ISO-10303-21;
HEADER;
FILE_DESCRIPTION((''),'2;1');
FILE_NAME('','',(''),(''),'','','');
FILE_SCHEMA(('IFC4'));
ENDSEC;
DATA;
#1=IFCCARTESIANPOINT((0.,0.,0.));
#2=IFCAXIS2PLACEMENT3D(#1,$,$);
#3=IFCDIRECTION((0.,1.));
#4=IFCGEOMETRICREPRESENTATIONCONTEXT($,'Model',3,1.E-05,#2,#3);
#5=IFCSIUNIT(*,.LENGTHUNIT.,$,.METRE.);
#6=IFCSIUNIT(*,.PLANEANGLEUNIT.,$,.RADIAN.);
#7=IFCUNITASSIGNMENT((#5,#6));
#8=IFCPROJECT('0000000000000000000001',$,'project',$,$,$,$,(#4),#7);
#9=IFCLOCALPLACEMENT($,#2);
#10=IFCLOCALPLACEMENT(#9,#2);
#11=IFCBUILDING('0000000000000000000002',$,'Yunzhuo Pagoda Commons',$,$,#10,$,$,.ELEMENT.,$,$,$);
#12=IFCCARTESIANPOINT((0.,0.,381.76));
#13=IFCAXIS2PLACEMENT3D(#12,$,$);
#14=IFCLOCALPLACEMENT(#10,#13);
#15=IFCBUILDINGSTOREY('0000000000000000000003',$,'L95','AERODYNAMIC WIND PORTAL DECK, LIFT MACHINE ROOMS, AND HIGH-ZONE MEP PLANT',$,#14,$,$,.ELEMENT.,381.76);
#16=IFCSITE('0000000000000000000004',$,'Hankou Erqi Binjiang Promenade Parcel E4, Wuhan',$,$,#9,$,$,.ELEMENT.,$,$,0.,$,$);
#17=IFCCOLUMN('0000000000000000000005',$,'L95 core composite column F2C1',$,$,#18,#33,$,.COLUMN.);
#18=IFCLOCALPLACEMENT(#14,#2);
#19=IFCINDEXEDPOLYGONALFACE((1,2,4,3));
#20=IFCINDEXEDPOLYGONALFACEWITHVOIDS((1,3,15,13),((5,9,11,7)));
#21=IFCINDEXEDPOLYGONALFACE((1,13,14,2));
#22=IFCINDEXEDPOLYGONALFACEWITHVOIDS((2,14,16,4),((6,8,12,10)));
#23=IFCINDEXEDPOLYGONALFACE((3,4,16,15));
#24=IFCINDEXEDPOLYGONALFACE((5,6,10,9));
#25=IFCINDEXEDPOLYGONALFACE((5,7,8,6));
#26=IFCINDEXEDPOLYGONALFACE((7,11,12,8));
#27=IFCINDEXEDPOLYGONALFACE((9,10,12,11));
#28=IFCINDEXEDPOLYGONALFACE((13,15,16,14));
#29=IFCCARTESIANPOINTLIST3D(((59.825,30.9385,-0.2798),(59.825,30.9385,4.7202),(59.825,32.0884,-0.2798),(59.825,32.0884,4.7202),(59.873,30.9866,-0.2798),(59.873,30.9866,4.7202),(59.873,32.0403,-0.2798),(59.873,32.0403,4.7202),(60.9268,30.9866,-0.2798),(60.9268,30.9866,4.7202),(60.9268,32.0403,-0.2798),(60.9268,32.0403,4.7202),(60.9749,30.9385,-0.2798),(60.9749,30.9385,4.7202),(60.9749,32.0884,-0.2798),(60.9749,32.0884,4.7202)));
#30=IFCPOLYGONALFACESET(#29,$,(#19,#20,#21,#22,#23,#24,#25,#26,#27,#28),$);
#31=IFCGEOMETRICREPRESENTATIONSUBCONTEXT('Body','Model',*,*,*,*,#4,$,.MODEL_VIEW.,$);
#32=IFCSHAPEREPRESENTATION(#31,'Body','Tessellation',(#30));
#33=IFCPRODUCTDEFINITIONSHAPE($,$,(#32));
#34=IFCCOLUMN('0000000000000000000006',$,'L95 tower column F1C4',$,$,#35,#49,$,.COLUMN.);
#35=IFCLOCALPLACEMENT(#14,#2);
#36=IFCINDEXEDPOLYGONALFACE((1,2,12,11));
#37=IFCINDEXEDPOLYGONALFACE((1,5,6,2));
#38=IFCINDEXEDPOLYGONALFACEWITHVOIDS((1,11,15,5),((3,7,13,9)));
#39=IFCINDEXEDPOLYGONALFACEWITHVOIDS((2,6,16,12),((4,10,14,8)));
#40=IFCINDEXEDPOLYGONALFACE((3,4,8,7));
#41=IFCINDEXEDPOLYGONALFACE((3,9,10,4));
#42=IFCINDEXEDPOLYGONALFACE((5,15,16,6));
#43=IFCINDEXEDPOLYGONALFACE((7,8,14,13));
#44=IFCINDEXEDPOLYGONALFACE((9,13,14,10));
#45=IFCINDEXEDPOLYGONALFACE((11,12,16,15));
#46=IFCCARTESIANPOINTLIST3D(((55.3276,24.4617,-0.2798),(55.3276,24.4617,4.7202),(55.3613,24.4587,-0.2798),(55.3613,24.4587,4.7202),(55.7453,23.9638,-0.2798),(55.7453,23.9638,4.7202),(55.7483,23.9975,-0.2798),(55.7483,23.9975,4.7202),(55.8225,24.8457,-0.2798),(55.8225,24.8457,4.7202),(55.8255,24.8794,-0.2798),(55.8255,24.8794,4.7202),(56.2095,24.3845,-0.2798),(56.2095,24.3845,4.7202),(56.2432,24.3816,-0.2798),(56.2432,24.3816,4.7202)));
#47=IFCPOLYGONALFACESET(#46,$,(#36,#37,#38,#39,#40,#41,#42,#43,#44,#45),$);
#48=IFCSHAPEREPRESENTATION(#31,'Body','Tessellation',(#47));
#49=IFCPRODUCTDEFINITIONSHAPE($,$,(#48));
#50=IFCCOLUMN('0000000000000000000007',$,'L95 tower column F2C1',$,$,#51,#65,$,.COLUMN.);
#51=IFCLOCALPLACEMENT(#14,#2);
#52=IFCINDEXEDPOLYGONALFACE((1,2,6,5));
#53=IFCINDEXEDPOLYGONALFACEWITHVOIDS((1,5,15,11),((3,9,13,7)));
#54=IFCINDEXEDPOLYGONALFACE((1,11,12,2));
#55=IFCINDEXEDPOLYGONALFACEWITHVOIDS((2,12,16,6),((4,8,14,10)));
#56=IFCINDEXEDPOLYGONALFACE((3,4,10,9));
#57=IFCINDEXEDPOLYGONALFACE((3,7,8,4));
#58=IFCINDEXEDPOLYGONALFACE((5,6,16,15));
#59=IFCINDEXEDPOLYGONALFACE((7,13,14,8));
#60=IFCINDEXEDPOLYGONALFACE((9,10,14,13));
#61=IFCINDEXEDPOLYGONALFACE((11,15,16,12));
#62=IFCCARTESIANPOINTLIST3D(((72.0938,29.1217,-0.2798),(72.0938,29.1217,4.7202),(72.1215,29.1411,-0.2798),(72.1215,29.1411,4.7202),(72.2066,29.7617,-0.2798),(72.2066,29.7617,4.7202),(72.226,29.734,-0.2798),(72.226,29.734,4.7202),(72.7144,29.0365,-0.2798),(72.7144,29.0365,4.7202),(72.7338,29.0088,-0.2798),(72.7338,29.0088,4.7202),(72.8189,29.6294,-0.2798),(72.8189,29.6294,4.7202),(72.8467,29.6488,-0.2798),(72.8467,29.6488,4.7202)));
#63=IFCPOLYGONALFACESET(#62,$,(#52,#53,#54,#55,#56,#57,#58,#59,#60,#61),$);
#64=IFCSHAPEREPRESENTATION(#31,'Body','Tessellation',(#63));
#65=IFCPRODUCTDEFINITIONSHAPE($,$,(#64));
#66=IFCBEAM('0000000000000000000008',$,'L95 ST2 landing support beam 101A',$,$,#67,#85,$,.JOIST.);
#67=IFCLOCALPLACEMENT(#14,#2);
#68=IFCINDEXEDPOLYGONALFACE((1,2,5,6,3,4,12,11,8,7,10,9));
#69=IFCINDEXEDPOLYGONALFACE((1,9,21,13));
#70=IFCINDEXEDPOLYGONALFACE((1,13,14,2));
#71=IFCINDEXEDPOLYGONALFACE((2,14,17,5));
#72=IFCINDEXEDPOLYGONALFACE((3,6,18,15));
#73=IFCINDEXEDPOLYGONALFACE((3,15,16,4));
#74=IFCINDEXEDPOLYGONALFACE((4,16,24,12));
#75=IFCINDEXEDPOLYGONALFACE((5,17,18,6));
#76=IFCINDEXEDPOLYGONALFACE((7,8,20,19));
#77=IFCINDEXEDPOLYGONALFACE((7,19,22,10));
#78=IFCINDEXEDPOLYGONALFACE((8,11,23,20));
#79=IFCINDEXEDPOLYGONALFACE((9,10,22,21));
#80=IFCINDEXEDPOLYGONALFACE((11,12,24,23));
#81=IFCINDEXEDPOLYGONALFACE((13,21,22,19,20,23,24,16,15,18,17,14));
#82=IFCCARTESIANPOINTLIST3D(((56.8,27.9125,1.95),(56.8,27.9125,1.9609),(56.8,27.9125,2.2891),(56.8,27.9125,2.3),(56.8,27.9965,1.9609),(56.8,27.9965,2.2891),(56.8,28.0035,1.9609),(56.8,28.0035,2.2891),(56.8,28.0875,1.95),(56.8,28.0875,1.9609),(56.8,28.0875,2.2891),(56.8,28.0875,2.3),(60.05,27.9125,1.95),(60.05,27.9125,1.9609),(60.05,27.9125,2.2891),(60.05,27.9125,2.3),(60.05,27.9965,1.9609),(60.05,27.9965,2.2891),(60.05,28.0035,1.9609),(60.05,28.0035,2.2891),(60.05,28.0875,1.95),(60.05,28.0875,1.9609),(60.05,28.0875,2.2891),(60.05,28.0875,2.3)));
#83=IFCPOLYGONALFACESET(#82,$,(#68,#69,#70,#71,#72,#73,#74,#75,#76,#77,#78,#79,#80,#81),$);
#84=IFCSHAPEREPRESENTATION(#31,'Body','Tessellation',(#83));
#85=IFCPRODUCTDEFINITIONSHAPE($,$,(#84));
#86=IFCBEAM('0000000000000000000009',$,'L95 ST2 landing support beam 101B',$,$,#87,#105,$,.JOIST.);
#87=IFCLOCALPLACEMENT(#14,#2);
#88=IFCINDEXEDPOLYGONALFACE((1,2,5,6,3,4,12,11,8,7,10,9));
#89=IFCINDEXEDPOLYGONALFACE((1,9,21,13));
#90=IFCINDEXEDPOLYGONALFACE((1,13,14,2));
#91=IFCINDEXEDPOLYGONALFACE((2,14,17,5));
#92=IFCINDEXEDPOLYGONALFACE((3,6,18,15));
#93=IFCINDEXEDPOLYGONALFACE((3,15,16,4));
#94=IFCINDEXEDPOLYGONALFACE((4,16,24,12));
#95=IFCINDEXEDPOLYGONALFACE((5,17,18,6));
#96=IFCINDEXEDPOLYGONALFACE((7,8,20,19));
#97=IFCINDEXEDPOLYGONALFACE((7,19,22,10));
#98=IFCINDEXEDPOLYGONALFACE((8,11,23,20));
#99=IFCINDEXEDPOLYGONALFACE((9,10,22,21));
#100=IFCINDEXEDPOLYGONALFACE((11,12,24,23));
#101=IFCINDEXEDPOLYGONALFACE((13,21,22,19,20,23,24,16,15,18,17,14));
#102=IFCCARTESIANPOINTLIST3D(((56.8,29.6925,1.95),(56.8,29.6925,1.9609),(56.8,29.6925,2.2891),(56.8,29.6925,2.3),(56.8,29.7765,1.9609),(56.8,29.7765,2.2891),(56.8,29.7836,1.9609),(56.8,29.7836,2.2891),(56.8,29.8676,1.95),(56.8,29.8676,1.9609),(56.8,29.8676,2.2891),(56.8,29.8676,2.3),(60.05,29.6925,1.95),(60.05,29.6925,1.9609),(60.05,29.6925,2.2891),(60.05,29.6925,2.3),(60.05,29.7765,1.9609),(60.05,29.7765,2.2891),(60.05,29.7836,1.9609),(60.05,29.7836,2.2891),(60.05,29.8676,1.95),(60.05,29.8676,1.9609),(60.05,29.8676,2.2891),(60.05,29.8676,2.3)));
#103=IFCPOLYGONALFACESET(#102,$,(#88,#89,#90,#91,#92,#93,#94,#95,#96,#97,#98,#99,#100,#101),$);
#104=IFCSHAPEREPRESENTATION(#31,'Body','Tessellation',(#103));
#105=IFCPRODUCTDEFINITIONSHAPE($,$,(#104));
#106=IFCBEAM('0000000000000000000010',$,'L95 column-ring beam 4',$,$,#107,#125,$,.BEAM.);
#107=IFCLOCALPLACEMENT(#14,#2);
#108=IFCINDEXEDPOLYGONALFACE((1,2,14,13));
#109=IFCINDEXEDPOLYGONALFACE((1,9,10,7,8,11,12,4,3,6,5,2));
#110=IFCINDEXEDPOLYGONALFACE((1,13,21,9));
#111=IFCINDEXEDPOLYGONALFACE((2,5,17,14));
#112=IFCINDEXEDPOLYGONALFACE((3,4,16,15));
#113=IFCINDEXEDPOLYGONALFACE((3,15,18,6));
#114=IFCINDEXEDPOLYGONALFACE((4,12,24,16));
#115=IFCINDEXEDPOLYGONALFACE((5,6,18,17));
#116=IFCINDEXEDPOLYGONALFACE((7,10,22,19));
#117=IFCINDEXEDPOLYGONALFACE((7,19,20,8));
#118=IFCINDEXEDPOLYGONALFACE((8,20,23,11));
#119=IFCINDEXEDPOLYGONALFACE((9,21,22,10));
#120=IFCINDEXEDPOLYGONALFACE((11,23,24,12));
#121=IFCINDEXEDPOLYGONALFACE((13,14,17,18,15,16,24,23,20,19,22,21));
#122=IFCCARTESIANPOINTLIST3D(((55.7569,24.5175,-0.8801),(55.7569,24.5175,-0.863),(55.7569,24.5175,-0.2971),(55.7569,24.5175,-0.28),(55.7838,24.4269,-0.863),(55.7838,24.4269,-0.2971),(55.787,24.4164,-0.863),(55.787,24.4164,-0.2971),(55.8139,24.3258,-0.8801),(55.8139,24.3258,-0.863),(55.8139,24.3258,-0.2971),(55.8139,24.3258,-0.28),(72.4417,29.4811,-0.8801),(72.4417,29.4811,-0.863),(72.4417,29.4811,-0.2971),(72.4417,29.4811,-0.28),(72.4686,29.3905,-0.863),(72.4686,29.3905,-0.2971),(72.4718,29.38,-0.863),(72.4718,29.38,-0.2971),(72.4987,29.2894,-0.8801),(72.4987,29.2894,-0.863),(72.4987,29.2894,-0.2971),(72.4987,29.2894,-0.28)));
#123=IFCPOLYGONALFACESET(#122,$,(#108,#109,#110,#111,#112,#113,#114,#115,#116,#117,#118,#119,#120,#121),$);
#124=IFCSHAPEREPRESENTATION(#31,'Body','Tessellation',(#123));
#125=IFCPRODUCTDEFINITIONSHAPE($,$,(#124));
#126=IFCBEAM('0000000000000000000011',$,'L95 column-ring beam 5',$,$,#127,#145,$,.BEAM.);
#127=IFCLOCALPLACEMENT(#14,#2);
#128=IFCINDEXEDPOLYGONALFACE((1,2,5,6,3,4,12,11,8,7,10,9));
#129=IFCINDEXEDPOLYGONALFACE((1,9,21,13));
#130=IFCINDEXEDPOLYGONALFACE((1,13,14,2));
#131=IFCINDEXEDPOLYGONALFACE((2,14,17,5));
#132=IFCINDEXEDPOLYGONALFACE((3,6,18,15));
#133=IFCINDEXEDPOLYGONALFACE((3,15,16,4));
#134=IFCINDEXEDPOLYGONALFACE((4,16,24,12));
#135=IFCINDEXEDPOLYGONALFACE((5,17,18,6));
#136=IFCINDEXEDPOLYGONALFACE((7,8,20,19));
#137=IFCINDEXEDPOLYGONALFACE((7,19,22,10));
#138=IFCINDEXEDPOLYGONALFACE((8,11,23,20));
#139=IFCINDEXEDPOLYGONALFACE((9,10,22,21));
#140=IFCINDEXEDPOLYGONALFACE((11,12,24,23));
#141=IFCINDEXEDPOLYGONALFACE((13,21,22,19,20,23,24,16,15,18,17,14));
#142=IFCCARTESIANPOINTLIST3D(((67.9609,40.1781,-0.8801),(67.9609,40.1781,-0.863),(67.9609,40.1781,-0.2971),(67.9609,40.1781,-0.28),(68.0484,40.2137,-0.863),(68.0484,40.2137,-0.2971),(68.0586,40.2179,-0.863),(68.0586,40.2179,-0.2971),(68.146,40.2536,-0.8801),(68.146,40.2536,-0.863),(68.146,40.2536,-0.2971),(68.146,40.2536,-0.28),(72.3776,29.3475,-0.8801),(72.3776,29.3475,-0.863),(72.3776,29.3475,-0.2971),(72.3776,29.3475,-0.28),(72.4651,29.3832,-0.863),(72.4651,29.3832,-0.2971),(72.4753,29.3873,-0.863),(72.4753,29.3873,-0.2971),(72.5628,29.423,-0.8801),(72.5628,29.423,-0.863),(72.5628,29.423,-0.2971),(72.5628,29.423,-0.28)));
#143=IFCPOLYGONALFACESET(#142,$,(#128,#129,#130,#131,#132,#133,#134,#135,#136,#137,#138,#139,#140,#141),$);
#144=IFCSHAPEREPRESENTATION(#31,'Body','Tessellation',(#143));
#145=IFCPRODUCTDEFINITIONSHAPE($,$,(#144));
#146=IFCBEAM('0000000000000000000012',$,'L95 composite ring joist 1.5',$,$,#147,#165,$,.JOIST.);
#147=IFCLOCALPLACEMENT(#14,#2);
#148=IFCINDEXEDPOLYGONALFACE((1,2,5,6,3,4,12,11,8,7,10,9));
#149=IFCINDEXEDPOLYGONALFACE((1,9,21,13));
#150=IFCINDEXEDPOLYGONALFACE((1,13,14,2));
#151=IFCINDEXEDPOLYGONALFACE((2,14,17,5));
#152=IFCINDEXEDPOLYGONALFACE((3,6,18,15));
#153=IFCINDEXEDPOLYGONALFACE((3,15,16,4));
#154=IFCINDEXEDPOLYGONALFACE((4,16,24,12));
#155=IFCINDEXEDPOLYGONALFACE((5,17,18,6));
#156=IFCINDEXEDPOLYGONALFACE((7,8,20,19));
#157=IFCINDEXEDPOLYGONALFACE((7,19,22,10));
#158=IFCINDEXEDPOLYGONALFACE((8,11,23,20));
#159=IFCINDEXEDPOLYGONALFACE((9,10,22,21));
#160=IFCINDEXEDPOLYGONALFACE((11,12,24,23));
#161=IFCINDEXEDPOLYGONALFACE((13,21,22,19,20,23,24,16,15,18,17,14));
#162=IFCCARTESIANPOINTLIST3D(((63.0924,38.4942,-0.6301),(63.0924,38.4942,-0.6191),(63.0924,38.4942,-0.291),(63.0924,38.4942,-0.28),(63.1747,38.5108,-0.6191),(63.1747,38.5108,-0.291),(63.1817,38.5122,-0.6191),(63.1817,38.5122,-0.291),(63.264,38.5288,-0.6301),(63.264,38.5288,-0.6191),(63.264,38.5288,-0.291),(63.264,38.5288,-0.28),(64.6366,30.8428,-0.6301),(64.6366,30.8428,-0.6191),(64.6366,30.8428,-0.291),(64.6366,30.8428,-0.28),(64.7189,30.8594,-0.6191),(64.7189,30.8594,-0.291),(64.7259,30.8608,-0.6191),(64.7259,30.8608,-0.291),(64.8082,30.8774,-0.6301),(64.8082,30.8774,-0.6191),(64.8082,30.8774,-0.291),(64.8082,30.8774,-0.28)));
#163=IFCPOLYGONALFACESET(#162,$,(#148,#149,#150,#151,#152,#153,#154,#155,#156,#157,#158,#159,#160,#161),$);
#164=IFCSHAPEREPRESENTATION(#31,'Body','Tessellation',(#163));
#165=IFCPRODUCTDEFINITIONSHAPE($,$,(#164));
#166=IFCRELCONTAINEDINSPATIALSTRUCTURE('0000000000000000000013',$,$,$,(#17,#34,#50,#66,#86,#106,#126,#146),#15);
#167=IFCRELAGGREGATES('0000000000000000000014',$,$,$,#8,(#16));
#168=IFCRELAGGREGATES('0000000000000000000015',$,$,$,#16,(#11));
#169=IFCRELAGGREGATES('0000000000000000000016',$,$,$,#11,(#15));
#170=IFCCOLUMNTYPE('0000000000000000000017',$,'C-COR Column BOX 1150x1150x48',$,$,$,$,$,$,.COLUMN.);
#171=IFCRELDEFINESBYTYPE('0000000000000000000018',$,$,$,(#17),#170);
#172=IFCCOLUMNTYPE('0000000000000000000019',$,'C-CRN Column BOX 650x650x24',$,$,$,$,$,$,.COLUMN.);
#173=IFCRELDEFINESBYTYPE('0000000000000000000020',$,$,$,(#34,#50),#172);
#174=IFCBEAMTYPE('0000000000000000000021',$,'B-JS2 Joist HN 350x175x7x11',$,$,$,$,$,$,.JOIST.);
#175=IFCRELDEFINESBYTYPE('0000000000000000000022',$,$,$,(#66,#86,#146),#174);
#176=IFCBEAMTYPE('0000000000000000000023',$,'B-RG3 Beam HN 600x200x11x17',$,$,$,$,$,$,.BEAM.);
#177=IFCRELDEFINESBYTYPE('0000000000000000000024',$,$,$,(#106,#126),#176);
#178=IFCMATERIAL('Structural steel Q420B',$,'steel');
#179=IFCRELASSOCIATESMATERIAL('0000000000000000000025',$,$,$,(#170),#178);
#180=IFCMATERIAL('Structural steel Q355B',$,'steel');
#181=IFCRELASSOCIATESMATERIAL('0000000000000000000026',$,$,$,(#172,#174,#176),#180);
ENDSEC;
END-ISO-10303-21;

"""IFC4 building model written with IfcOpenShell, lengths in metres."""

from ifc_helpers import new_model, si_unit, direction, frame, origin, origin_2d, place, context, subcontext, project, spatial, hollow_rectangle, i_section, extrude, source, transform, mapped, material, material_profile, profile_set, type_object, element, save


model = new_model("IFC4")

# Units and contexts
model_context = context("Model", 3, precision=1e-05, world=origin(), true_north=direction((0.0, 1.0)))
body_context = subcontext(model_context, "Body", "Model", "MODEL_VIEW")
ifc_project = project(units=[si_unit("LENGTHUNIT", "METRE"), si_unit("PLANEANGLEUNIT", "RADIAN")], contexts=[model_context])

# Site, building, storey
site_placement = place(None, origin())
site = spatial("IfcSite", under=ifc_project, at=site_placement, Name="Hankou Erqi Binjiang Promenade Parcel E4, Wuhan", CompositionType="ELEMENT", RefElevation=0.0)
building_placement = place(site_placement, origin())
building = spatial("IfcBuilding", under=site, at=building_placement, Name="Yunzhuo Pagoda Commons", CompositionType="ELEMENT")
storey_placement = place(building_placement, frame((0.0, 0.0, 381.76)))
storey = spatial("IfcBuildingStorey", under=building, at=storey_placement, Name="L95", Description="AERODYNAMIC WIND PORTAL DECK, LIFT MACHINE ROOMS, AND HIGH-ZONE MEP PLANT", CompositionType="ELEMENT", Elevation=381.76)

# Columns
ifc_material_1 = material(Name="Structural steel Q420B", Category="steel")
ifc_material_profile_1 = material_profile(ifc_material_1, hollow_rectangle(XDim=1.1499, YDim=1.1499, WallThickness=0.0481, at=origin_2d()), Name="Structural steel Q420B")
ifc_profile_set_1 = profile_set([ifc_material_profile_1], Name="Structural steel Q420B")
column_type_1 = type_object("IfcColumnType", Name="C-COR Column BOX 1150x1150x48", PredefinedType="COLUMN", material=ifc_profile_set_1)
shared_shape_1 = source(origin(), body_context, "Body", "SweptSolid", [
    extrude(hollow_rectangle(XDim=1.1499, YDim=1.1499, WallThickness=0.0481, at=origin_2d()), origin(), (0.0, 0.0, 1.0), 5.0),
])
column_placement = place(storey_placement, frame((60.3999, 31.5134, -0.2798), z_axis=(0.0, 0.0, 1.0), x_axis=(1.0, 0.0, 0.0)))
element("IfcColumn", 1, at=column_placement, inside=storey, type_object=column_type_1, Name="L95 core composite column F2C1", PredefinedType="COLUMN", context=body_context, shape_type="MappedRepresentation", body=[
    mapped(shared_shape_1, transform((0.0, 0.0, 0.0), scale=1.0)),
])
ifc_material_2 = material(Name="Structural steel Q355B", Category="steel")
ifc_material_profile_2 = material_profile(ifc_material_2, hollow_rectangle(XDim=0.6499, YDim=0.6499, WallThickness=0.0239, at=origin_2d()), Name="Structural steel Q355B")
ifc_profile_set_2 = profile_set([ifc_material_profile_2], Name="Structural steel Q355B")
column_type_2 = type_object("IfcColumnType", Name="C-CRN Column BOX 650x650x24", PredefinedType="COLUMN", material=ifc_profile_set_2)
shared_shape_2 = source(origin(), body_context, "Body", "SweptSolid", [
    extrude(hollow_rectangle(XDim=0.6499, YDim=0.6499, WallThickness=0.0239, at=origin_2d()), origin(), (0.0, 0.0, 1.0), 5.0),
])
for number, where, z_axis, x_axis, name in (
    (2, (55.7854, 24.4216, -0.2798), (0.0, 0.0, 1.0), (0.766044, 0.642788, 0.0), "L95 tower column F1C4"),
    (3, (72.4702, 29.3853, -0.2798), (0.0, 0.0, 1.0), (0.173648, 0.984808, 0.0), "L95 tower column F2C1"),
):
    element("IfcColumn", number, at=place(storey_placement, frame(where, z_axis=z_axis, x_axis=x_axis)), inside=storey, type_object=column_type_2, Name=name, PredefinedType="COLUMN", context=body_context, shape_type="MappedRepresentation", body=[
        mapped(shared_shape_2, transform((0.0, 0.0, 0.0), scale=1.0)),
    ])

# Beams
ifc_material_profile_3 = material_profile(ifc_material_2, i_section(OverallWidth=0.175, OverallDepth=0.3501, WebThickness=0.0071, FlangeThickness=0.011, at=origin_2d()), Name="Structural steel Q355B")
ifc_profile_set_3 = profile_set([ifc_material_profile_3], Name="Structural steel Q355B")
beam_type_1 = type_object("IfcBeamType", Name="B-JS2 Joist HN 350x175x7x11", PredefinedType="JOIST", material=ifc_profile_set_3)
shared_shape_3 = source(origin(), body_context, "Body", "SweptSolid", [
    extrude(i_section(OverallWidth=0.175, OverallDepth=0.3501, WebThickness=0.0071, FlangeThickness=0.011, at=origin_2d()), origin(), (0.0, 0.0, 1.0), 3.25),
])
for number, where, z_axis, x_axis, name in (
    (4, (56.8, 28.0, 2.125), (1.0, 0.0, 0.0), (0.0, 1.0, 0.0), "L95 ST2 landing support beam 101A"),
    (5, (56.8, 29.78, 2.125), (1.0, 0.0, 0.0), (0.0, 1.0, 0.0), "L95 ST2 landing support beam 101B"),
):
    element("IfcBeam", number, at=place(storey_placement, frame(where, z_axis=z_axis, x_axis=x_axis)), inside=storey, type_object=beam_type_1, Name=name, PredefinedType="JOIST", context=body_context, shape_type="MappedRepresentation", body=[
        mapped(shared_shape_3, transform((0.0, 0.0, 0.0), scale=1.0)),
    ])
ifc_material_profile_4 = material_profile(ifc_material_2, i_section(OverallWidth=0.2, OverallDepth=0.6001, WebThickness=0.011, FlangeThickness=0.0171, at=origin_2d()), Name="Structural steel Q355B")
ifc_profile_set_4 = profile_set([ifc_material_profile_4], Name="Structural steel Q355B")
beam_type_2 = type_object("IfcBeamType", Name="B-RG3 Beam HN 600x200x11x17", PredefinedType="BEAM", material=ifc_profile_set_4)
shared_shape_4 = source(origin(), body_context, "Body", "SweptSolid", [
    extrude(i_section(OverallWidth=0.2, OverallDepth=0.6001, WebThickness=0.011, FlangeThickness=0.0171, at=origin_2d()), origin(), (0.0, 0.0, 1.0), 17.4075),
])
beam_1_placement = place(storey_placement, frame((55.7854, 24.4216, -0.5801), z_axis=(0.958485, 0.285143, 0.0), x_axis=(-0.285143, 0.958485, 0.0)))
element("IfcBeam", 6, at=beam_1_placement, inside=storey, type_object=beam_type_2, Name="L95 column-ring beam 4", PredefinedType="BEAM", context=body_context, shape_type="MappedRepresentation", body=[
    mapped(shared_shape_4, transform((0.0, 0.0, 0.0), scale=1.0)),
])
shared_shape_5 = source(origin(), body_context, "Body", "SweptSolid", [
    extrude(i_section(OverallWidth=0.2, OverallDepth=0.6001, WebThickness=0.011, FlangeThickness=0.0171, at=origin_2d()), origin(), (0.0, 0.0, 1.0), 11.6965),
])
beam_2_placement = place(storey_placement, frame((72.4702, 29.3853, -0.5801), z_axis=(-0.377612, 0.925964, 0.0), x_axis=(-0.925964, -0.377612, 0.0)))
element("IfcBeam", 7, at=beam_2_placement, inside=storey, type_object=beam_type_2, Name="L95 column-ring beam 5", PredefinedType="BEAM", context=body_context, shape_type="MappedRepresentation", body=[
    mapped(shared_shape_5, transform((0.0, 0.0, 0.0), scale=1.0)),
])
shared_shape_6 = source(origin(), body_context, "Body", "SweptSolid", [
    extrude(i_section(OverallWidth=0.175, OverallDepth=0.3501, WebThickness=0.0071, FlangeThickness=0.011, at=origin_2d()), origin(), (0.0, 0.0, 1.0), 7.8057),
])
beam_3_placement = place(storey_placement, frame((64.7224, 30.8601, -0.4551), z_axis=(-0.19783, 0.980236, 0.0), x_axis=(-0.980236, -0.19783, 0.0)))
element("IfcBeam", 8, at=beam_3_placement, inside=storey, type_object=beam_type_1, Name="L95 composite ring joist 1.5", PredefinedType="JOIST", context=body_context, shape_type="MappedRepresentation", body=[
    mapped(shared_shape_6, transform((0.0, 0.0, 0.0), scale=1.0)),
])

save(model, "model.ifc")
